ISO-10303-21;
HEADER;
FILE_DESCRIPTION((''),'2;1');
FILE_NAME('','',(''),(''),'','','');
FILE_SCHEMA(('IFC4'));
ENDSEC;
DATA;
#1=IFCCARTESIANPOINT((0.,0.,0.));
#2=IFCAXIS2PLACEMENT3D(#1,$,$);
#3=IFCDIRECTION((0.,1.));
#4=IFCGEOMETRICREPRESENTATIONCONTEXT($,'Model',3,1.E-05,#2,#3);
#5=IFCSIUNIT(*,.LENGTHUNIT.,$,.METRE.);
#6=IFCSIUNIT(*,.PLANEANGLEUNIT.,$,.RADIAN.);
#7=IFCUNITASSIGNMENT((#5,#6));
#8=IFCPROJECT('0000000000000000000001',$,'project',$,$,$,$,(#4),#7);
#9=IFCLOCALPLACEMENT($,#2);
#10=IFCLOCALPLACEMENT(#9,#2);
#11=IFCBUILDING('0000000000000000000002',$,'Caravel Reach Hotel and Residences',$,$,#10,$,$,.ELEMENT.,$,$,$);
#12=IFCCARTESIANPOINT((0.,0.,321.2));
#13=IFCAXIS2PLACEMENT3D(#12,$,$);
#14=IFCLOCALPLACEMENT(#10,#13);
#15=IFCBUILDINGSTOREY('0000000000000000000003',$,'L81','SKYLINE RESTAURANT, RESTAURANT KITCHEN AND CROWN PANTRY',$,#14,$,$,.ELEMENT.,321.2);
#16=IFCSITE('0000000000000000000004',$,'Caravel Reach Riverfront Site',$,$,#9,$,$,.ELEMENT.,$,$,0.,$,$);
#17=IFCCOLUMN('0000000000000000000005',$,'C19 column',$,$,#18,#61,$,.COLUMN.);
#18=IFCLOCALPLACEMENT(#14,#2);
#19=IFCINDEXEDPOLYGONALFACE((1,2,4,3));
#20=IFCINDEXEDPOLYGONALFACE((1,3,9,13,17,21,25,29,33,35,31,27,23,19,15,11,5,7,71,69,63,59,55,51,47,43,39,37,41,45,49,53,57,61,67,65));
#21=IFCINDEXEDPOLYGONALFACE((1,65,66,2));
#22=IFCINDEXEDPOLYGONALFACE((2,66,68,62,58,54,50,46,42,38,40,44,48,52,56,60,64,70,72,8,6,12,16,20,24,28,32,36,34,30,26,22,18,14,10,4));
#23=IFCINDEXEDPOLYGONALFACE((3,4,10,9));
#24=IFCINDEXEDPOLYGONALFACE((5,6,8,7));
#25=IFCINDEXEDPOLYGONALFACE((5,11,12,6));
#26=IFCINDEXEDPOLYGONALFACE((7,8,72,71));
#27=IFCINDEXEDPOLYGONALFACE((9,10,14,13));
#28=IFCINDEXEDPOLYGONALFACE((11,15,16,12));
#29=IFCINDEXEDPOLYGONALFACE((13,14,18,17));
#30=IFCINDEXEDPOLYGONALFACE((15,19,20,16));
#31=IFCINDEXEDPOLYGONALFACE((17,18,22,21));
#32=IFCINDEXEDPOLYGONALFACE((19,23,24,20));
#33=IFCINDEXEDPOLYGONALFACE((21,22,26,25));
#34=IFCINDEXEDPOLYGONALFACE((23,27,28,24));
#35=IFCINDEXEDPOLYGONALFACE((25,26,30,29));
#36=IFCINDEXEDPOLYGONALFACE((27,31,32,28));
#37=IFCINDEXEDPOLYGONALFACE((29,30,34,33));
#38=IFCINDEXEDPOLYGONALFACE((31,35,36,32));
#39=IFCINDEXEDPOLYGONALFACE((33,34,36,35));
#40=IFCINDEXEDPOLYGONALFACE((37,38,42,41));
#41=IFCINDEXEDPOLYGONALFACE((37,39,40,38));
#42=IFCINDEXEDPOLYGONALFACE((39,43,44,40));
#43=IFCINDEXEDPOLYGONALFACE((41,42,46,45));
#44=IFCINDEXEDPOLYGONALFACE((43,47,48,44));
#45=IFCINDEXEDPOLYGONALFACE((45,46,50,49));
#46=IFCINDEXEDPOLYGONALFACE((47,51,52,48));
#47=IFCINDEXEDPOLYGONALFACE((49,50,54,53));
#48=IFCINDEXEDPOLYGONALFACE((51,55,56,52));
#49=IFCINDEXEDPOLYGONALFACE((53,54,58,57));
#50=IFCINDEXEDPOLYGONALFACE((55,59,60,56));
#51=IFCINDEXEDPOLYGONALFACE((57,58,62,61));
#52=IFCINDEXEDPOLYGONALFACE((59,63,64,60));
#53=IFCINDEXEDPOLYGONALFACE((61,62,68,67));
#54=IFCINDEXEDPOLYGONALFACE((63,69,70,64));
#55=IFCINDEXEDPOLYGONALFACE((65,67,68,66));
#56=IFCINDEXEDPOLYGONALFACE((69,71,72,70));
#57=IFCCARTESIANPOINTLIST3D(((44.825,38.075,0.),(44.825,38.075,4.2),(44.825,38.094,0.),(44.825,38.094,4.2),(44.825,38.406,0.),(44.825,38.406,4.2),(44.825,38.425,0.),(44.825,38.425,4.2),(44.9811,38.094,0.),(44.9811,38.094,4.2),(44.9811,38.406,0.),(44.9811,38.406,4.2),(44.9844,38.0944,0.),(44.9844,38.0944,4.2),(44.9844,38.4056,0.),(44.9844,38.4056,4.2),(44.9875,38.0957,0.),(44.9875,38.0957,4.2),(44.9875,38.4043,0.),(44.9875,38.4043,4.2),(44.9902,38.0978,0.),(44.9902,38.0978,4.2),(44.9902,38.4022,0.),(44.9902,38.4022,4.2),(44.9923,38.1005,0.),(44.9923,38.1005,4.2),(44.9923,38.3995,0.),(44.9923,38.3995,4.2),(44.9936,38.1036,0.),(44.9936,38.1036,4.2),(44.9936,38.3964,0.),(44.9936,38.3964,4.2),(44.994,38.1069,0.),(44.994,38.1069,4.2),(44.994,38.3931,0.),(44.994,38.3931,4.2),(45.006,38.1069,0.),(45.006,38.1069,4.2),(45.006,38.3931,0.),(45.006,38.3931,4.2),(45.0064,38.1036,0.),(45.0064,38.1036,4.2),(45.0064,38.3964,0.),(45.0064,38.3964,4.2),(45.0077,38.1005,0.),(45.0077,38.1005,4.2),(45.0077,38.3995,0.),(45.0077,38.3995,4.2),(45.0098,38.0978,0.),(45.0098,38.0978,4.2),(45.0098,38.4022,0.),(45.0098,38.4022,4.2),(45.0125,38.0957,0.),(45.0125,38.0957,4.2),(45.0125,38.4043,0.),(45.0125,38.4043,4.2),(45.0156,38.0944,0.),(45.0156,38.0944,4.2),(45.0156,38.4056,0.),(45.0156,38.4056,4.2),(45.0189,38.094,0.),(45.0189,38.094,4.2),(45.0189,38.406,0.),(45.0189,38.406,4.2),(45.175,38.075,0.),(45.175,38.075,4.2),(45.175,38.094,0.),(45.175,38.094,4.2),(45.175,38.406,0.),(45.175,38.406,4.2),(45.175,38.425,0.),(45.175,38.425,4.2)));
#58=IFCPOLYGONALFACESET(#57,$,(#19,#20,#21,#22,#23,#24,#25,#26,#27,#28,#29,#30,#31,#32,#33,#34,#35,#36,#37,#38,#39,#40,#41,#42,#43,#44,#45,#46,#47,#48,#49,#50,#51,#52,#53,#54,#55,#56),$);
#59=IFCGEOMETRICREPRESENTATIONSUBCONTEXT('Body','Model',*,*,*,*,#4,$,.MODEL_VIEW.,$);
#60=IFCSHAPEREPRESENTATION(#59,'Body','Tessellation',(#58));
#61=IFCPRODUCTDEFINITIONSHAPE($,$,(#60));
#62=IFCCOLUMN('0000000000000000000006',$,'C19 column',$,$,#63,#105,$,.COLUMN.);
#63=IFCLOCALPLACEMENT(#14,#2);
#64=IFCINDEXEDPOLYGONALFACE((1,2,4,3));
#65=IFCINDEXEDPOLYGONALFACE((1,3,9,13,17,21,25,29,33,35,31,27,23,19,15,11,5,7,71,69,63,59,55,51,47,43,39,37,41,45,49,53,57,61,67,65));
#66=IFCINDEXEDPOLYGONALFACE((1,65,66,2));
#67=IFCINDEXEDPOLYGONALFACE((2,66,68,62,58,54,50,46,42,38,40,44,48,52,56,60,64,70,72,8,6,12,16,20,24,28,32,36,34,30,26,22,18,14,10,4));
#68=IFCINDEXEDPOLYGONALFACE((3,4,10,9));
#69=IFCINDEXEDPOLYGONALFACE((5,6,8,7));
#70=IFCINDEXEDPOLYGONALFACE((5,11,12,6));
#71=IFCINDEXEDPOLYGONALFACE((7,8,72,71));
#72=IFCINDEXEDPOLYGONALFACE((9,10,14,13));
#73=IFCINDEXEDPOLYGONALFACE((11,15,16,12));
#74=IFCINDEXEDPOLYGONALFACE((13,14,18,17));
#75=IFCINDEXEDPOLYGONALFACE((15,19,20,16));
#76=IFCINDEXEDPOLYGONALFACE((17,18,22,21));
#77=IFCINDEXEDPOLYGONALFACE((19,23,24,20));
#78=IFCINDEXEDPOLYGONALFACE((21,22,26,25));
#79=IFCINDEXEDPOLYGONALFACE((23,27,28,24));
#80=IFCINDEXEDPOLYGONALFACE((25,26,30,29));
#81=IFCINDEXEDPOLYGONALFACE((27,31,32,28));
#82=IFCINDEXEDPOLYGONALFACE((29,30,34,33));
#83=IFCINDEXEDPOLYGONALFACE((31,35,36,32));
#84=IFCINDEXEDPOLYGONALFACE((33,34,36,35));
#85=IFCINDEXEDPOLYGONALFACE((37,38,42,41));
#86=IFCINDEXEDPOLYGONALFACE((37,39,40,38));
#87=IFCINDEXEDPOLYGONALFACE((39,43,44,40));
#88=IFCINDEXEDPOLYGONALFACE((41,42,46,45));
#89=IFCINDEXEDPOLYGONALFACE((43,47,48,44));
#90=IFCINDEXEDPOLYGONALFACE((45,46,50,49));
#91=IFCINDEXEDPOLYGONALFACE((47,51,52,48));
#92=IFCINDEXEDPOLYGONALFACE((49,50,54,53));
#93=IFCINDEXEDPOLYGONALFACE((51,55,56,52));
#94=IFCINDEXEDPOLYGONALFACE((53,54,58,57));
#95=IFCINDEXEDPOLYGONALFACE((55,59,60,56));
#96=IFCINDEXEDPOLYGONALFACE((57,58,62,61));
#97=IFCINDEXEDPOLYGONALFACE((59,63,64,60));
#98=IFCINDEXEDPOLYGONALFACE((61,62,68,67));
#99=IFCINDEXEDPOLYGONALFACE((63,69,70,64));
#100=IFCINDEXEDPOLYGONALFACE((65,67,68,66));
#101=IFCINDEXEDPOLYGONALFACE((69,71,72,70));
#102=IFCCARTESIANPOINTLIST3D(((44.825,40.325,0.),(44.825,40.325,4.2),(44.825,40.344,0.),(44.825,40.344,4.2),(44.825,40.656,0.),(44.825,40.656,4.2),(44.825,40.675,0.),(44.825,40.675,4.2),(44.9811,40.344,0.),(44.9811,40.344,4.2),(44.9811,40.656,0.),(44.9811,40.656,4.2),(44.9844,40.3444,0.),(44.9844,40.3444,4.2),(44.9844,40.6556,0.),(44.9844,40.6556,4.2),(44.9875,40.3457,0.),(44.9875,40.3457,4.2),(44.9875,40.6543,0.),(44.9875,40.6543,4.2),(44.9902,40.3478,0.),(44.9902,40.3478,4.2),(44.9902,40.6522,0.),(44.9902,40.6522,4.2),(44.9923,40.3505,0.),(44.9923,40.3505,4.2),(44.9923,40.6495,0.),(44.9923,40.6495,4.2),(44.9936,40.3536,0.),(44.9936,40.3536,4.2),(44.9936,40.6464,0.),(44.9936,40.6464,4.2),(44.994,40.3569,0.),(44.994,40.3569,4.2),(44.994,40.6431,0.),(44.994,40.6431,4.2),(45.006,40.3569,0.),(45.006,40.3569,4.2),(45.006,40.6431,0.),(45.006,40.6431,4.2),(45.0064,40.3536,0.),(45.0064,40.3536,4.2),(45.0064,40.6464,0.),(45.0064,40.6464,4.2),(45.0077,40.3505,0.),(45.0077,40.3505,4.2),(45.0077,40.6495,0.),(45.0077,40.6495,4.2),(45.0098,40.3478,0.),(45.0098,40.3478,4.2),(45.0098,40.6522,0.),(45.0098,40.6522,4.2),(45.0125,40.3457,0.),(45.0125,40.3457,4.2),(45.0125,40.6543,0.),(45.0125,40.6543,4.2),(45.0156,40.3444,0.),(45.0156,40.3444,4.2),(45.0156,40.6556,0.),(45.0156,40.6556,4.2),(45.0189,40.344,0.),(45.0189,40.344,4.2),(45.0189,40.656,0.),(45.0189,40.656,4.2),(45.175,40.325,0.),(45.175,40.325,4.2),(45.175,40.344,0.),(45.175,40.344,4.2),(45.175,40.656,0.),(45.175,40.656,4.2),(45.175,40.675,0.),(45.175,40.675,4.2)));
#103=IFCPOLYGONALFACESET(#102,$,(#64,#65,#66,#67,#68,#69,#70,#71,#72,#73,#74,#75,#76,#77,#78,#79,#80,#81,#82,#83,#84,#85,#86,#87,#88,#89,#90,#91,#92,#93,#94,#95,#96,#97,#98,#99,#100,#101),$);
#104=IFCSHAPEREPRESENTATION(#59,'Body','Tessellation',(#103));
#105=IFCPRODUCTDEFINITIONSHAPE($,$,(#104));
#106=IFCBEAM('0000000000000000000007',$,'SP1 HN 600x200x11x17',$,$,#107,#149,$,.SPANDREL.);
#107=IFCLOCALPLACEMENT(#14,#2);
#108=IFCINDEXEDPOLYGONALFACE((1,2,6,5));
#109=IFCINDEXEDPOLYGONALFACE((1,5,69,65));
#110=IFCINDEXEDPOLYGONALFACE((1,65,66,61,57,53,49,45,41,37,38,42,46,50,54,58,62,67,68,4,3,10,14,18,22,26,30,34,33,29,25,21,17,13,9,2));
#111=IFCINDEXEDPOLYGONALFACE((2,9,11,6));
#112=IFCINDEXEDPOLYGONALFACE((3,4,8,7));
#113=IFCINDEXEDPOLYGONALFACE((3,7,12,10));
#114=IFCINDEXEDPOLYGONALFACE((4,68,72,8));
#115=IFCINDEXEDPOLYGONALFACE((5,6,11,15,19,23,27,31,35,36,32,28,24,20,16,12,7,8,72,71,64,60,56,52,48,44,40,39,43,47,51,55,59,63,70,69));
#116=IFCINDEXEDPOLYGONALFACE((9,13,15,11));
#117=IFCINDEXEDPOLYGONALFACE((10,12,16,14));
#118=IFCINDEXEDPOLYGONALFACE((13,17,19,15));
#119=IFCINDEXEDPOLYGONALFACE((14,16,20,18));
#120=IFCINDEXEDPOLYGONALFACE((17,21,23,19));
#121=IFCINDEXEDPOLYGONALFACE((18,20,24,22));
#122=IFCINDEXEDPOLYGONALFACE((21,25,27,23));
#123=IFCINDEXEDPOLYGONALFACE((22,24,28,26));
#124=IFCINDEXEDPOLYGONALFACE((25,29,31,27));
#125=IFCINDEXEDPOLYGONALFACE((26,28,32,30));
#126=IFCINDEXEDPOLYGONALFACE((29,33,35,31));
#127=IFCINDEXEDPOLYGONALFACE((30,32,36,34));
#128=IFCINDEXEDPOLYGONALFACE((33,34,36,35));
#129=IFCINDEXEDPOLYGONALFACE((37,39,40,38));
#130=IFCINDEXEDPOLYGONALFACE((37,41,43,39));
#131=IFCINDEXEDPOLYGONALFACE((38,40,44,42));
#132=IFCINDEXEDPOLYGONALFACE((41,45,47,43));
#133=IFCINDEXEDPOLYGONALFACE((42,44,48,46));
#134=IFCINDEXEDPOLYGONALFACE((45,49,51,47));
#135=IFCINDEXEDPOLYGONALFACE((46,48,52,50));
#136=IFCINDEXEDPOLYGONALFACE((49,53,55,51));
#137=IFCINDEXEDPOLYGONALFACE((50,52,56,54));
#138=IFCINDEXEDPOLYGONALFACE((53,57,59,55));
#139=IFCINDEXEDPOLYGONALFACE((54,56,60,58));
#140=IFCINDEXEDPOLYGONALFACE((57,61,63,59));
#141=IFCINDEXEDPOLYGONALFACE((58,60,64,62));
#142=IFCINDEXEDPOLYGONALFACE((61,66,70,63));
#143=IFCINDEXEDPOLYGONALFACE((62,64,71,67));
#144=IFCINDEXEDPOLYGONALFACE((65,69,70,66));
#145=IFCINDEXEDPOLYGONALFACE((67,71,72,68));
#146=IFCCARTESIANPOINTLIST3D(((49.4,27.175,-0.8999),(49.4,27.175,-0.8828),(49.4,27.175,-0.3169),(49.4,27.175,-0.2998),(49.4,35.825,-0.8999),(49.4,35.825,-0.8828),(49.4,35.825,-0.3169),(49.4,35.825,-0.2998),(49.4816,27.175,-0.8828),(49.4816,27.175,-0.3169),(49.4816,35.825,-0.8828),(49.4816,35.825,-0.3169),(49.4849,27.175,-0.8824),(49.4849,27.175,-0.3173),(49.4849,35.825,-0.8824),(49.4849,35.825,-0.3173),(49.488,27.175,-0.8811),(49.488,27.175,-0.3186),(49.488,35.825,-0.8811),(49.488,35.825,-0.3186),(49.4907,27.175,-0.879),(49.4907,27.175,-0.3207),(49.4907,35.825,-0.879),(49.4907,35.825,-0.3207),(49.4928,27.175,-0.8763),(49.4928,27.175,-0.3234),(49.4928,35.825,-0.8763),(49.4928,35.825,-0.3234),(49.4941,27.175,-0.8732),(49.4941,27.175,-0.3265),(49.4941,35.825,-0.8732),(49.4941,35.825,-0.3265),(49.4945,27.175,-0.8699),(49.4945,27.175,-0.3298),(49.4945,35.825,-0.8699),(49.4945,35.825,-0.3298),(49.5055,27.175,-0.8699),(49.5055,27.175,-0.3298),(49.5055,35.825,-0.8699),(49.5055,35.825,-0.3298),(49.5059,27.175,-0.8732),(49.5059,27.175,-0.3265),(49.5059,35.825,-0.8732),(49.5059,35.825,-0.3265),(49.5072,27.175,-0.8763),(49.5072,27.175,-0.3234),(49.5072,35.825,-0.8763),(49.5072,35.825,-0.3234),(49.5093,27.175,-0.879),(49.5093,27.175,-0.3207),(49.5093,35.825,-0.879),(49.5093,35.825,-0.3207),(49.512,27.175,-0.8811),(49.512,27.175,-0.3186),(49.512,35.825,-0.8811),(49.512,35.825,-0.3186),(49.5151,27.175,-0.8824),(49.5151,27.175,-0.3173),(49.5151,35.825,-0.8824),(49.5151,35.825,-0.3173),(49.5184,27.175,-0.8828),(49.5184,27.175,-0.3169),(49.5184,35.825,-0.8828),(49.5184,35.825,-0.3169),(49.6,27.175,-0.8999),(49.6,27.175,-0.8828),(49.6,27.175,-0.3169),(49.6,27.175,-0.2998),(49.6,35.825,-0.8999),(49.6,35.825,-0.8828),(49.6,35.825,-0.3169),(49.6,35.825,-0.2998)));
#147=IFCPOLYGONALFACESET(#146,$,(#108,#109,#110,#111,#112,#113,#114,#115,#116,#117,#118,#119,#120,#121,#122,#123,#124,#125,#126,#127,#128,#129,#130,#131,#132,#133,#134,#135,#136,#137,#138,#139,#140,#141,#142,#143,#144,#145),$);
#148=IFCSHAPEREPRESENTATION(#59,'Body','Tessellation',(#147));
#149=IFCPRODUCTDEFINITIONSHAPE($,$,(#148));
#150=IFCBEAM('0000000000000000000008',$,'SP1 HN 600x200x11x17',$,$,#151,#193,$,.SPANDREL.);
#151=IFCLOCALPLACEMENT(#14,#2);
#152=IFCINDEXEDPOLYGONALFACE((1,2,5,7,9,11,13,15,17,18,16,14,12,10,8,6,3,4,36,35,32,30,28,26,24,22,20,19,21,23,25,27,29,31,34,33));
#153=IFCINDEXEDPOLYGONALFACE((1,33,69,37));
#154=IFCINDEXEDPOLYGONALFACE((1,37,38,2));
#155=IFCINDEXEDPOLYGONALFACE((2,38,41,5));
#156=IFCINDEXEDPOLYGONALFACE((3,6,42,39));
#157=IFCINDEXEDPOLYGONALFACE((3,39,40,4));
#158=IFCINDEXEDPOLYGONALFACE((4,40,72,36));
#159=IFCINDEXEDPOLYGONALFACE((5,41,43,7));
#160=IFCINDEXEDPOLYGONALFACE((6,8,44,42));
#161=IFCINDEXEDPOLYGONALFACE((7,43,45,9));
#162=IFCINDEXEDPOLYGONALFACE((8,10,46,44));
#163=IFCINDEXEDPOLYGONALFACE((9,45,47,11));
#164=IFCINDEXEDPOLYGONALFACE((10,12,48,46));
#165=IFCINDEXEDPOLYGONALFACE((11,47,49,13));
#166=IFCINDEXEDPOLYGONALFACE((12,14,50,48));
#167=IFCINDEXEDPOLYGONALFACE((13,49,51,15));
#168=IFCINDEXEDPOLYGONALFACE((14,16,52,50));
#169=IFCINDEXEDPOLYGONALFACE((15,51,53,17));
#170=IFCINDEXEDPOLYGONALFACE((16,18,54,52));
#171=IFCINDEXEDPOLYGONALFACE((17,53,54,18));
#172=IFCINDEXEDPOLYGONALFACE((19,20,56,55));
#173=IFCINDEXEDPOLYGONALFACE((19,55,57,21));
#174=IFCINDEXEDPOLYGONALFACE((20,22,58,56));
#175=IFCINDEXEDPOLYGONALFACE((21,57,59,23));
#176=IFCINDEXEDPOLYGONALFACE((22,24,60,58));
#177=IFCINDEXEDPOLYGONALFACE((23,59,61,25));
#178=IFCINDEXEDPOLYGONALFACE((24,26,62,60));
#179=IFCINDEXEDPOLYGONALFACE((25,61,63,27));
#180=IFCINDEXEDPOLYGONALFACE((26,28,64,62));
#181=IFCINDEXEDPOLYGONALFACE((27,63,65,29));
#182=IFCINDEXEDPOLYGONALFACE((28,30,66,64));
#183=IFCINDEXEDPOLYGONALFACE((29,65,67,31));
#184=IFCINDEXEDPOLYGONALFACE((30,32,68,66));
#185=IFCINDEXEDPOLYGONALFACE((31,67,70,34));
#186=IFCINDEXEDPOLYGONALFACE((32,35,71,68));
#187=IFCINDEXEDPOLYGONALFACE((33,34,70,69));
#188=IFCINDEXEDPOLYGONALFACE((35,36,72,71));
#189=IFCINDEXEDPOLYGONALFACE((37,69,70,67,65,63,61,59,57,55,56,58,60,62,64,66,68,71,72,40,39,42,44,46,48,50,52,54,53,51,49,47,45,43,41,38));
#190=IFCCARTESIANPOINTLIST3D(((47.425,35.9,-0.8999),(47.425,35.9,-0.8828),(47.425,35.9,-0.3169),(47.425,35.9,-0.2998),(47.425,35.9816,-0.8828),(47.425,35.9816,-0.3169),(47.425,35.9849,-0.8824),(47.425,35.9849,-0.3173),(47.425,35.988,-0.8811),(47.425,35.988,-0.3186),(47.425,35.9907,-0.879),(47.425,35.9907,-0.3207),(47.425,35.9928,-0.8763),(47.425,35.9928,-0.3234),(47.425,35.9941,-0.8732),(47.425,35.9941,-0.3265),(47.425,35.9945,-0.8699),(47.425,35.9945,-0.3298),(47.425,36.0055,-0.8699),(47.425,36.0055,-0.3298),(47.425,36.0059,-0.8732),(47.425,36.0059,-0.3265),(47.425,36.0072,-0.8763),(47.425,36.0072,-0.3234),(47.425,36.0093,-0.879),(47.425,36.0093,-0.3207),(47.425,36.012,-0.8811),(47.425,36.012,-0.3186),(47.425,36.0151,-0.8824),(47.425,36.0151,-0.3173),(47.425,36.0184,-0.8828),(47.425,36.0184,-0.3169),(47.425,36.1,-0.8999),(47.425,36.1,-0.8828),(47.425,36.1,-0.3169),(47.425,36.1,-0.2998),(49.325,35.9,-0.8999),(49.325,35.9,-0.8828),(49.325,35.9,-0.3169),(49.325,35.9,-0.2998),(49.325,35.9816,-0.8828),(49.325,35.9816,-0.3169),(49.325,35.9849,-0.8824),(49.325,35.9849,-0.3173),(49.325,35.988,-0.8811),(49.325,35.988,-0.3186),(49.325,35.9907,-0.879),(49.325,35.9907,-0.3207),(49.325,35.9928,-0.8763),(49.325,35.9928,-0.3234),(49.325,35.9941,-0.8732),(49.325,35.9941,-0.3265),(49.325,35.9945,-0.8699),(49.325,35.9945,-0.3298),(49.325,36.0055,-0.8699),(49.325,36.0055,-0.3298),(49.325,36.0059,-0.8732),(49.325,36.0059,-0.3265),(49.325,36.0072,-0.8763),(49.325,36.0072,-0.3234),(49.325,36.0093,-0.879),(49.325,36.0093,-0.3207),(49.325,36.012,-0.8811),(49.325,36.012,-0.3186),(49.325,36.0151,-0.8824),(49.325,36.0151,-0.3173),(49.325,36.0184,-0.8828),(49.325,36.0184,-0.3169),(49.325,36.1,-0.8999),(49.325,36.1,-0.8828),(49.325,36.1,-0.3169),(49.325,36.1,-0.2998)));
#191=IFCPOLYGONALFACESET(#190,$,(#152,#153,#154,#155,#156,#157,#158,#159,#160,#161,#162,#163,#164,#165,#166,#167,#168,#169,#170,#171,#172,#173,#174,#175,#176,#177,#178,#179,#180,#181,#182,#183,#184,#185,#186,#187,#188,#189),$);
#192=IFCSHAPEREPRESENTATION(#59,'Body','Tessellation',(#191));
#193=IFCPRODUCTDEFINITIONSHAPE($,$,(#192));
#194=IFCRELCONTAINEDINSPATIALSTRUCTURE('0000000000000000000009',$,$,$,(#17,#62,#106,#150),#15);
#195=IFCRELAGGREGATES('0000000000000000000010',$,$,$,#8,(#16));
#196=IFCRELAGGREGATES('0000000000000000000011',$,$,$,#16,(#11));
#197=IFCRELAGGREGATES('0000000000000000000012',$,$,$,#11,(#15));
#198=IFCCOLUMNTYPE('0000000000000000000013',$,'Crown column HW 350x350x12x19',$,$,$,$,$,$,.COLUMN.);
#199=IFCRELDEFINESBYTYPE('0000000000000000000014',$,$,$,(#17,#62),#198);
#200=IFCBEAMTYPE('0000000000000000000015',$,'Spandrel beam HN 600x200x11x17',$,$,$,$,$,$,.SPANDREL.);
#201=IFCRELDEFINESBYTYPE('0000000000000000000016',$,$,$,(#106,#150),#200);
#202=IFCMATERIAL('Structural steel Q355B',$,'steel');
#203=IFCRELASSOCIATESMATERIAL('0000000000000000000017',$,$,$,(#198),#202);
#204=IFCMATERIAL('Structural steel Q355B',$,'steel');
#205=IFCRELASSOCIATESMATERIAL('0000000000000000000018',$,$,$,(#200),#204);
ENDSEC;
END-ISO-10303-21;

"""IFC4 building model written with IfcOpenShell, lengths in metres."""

from ifc_helpers import new_model, si_unit, direction, frame, origin, origin_2d, place, context, subcontext, project, spatial, i_section, extrude, material, material_profile, profile_set, type_object, element, save


model = new_model("IFC4")

# Units and contexts
model_context = context("Model", 3, precision=1e-05, world=origin(), true_north=direction((0.0, 1.0)))
body_context = subcontext(model_context, "Body", "Model", "MODEL_VIEW")
ifc_project = project(units=[si_unit("LENGTHUNIT", "METRE"), si_unit("PLANEANGLEUNIT", "RADIAN")], contexts=[model_context])

# Site, building, storey
site_placement = place(None, origin())
site = spatial("IfcSite", under=ifc_project, at=site_placement, Name="Caravel Reach Riverfront Site", CompositionType="ELEMENT", RefElevation=0.0)
building_placement = place(site_placement, origin())
building = spatial("IfcBuilding", under=site, at=building_placement, Name="Caravel Reach Hotel and Residences", CompositionType="ELEMENT")
storey_placement = place(building_placement, frame((0.0, 0.0, 321.2)))
storey = spatial("IfcBuildingStorey", under=building, at=storey_placement, Name="L81", Description="SKYLINE RESTAURANT, RESTAURANT KITCHEN AND CROWN PANTRY", CompositionType="ELEMENT", Elevation=321.2)

# Columns
ifc_material_1 = material(Name="Structural steel Q355B", Category="steel")
ifc_material_profile_1 = material_profile(ifc_material_1, i_section(OverallWidth=0.3501, OverallDepth=0.3501, WebThickness=0.012, FlangeThickness=0.019, FilletRadius=0.0129, at=origin_2d()), Name="HW 350x350x12x19")
ifc_profile_set_1 = profile_set([ifc_material_profile_1], Name="Structural steel Q355B")
column_type = type_object("IfcColumnType", Name="Crown column HW 350x350x12x19", PredefinedType="COLUMN", material=ifc_profile_set_1)
for number, where, z_axis, x_axis, name in (
    (1, (45.0, 38.25, 0.0), (0.0, 0.0, 1.0), (1.0, 0.0, 0.0), "C19 column"),
    (2, (45.0, 40.5, 0.0), (0.0, 0.0, 1.0), (1.0, 0.0, 0.0), "C19 column"),
):
    element("IfcColumn", number, at=place(storey_placement, frame(where, z_axis=z_axis, x_axis=x_axis)), inside=storey, type_object=column_type, Name=name, PredefinedType="COLUMN", context=body_context, shape_type="SweptSolid", body=[
        extrude(i_section(OverallWidth=0.3501, OverallDepth=0.3501, WebThickness=0.012, FlangeThickness=0.019, FilletRadius=0.0129, at=origin_2d()), origin(), (0.0, 0.0, 1.0), 4.2),
    ])

# Beams
ifc_material_2 = material(Name="Structural steel Q355B", Category="steel")
ifc_material_profile_2 = material_profile(ifc_material_2, i_section(OverallWidth=0.2, OverallDepth=0.6001, WebThickness=0.011, FlangeThickness=0.0171, FilletRadius=0.0129, at=origin_2d()), Name="HN 600x200x11x17")
ifc_profile_set_2 = profile_set([ifc_material_profile_2], Name="Structural steel Q355B")
beam_type = type_object("IfcBeamType", Name="Spandrel beam HN 600x200x11x17", PredefinedType="SPANDREL", material=ifc_profile_set_2)
beam_1_placement = place(storey_placement, frame((49.5, 27.175, -0.5999), z_axis=(0.0, 1.0, 0.0), x_axis=(-1.0, 0.0, 0.0)))
element("IfcBeam", 3, at=beam_1_placement, inside=storey, type_object=beam_type, Name="SP1 HN 600x200x11x17", PredefinedType="SPANDREL", context=body_context, shape_type="SweptSolid", body=[
    extrude(i_section(OverallWidth=0.2, OverallDepth=0.6001, WebThickness=0.011, FlangeThickness=0.0171, FilletRadius=0.0129, at=origin_2d()), origin(), (0.0, 0.0, 1.0), 8.6499),
])
for number, where, z_axis, x_axis, name in (
    (4, (49.325, 36.0, -0.5999), (-1.0, 0.0, 0.0), (0.0, -1.0, 0.0), "SP1 HN 600x200x11x17"),
):
    element("IfcBeam", number, at=place(storey_placement, frame(where, z_axis=z_axis, x_axis=x_axis)), inside=storey, type_object=beam_type, Name=name, PredefinedType="SPANDREL", context=body_context, shape_type="SweptSolid", body=[
        extrude(i_section(OverallWidth=0.2, OverallDepth=0.6001, WebThickness=0.011, FlangeThickness=0.0171, FilletRadius=0.0129, at=origin_2d()), origin(), (0.0, 0.0, 1.0), 1.8999),
    ])

save(model, "model.ifc")
